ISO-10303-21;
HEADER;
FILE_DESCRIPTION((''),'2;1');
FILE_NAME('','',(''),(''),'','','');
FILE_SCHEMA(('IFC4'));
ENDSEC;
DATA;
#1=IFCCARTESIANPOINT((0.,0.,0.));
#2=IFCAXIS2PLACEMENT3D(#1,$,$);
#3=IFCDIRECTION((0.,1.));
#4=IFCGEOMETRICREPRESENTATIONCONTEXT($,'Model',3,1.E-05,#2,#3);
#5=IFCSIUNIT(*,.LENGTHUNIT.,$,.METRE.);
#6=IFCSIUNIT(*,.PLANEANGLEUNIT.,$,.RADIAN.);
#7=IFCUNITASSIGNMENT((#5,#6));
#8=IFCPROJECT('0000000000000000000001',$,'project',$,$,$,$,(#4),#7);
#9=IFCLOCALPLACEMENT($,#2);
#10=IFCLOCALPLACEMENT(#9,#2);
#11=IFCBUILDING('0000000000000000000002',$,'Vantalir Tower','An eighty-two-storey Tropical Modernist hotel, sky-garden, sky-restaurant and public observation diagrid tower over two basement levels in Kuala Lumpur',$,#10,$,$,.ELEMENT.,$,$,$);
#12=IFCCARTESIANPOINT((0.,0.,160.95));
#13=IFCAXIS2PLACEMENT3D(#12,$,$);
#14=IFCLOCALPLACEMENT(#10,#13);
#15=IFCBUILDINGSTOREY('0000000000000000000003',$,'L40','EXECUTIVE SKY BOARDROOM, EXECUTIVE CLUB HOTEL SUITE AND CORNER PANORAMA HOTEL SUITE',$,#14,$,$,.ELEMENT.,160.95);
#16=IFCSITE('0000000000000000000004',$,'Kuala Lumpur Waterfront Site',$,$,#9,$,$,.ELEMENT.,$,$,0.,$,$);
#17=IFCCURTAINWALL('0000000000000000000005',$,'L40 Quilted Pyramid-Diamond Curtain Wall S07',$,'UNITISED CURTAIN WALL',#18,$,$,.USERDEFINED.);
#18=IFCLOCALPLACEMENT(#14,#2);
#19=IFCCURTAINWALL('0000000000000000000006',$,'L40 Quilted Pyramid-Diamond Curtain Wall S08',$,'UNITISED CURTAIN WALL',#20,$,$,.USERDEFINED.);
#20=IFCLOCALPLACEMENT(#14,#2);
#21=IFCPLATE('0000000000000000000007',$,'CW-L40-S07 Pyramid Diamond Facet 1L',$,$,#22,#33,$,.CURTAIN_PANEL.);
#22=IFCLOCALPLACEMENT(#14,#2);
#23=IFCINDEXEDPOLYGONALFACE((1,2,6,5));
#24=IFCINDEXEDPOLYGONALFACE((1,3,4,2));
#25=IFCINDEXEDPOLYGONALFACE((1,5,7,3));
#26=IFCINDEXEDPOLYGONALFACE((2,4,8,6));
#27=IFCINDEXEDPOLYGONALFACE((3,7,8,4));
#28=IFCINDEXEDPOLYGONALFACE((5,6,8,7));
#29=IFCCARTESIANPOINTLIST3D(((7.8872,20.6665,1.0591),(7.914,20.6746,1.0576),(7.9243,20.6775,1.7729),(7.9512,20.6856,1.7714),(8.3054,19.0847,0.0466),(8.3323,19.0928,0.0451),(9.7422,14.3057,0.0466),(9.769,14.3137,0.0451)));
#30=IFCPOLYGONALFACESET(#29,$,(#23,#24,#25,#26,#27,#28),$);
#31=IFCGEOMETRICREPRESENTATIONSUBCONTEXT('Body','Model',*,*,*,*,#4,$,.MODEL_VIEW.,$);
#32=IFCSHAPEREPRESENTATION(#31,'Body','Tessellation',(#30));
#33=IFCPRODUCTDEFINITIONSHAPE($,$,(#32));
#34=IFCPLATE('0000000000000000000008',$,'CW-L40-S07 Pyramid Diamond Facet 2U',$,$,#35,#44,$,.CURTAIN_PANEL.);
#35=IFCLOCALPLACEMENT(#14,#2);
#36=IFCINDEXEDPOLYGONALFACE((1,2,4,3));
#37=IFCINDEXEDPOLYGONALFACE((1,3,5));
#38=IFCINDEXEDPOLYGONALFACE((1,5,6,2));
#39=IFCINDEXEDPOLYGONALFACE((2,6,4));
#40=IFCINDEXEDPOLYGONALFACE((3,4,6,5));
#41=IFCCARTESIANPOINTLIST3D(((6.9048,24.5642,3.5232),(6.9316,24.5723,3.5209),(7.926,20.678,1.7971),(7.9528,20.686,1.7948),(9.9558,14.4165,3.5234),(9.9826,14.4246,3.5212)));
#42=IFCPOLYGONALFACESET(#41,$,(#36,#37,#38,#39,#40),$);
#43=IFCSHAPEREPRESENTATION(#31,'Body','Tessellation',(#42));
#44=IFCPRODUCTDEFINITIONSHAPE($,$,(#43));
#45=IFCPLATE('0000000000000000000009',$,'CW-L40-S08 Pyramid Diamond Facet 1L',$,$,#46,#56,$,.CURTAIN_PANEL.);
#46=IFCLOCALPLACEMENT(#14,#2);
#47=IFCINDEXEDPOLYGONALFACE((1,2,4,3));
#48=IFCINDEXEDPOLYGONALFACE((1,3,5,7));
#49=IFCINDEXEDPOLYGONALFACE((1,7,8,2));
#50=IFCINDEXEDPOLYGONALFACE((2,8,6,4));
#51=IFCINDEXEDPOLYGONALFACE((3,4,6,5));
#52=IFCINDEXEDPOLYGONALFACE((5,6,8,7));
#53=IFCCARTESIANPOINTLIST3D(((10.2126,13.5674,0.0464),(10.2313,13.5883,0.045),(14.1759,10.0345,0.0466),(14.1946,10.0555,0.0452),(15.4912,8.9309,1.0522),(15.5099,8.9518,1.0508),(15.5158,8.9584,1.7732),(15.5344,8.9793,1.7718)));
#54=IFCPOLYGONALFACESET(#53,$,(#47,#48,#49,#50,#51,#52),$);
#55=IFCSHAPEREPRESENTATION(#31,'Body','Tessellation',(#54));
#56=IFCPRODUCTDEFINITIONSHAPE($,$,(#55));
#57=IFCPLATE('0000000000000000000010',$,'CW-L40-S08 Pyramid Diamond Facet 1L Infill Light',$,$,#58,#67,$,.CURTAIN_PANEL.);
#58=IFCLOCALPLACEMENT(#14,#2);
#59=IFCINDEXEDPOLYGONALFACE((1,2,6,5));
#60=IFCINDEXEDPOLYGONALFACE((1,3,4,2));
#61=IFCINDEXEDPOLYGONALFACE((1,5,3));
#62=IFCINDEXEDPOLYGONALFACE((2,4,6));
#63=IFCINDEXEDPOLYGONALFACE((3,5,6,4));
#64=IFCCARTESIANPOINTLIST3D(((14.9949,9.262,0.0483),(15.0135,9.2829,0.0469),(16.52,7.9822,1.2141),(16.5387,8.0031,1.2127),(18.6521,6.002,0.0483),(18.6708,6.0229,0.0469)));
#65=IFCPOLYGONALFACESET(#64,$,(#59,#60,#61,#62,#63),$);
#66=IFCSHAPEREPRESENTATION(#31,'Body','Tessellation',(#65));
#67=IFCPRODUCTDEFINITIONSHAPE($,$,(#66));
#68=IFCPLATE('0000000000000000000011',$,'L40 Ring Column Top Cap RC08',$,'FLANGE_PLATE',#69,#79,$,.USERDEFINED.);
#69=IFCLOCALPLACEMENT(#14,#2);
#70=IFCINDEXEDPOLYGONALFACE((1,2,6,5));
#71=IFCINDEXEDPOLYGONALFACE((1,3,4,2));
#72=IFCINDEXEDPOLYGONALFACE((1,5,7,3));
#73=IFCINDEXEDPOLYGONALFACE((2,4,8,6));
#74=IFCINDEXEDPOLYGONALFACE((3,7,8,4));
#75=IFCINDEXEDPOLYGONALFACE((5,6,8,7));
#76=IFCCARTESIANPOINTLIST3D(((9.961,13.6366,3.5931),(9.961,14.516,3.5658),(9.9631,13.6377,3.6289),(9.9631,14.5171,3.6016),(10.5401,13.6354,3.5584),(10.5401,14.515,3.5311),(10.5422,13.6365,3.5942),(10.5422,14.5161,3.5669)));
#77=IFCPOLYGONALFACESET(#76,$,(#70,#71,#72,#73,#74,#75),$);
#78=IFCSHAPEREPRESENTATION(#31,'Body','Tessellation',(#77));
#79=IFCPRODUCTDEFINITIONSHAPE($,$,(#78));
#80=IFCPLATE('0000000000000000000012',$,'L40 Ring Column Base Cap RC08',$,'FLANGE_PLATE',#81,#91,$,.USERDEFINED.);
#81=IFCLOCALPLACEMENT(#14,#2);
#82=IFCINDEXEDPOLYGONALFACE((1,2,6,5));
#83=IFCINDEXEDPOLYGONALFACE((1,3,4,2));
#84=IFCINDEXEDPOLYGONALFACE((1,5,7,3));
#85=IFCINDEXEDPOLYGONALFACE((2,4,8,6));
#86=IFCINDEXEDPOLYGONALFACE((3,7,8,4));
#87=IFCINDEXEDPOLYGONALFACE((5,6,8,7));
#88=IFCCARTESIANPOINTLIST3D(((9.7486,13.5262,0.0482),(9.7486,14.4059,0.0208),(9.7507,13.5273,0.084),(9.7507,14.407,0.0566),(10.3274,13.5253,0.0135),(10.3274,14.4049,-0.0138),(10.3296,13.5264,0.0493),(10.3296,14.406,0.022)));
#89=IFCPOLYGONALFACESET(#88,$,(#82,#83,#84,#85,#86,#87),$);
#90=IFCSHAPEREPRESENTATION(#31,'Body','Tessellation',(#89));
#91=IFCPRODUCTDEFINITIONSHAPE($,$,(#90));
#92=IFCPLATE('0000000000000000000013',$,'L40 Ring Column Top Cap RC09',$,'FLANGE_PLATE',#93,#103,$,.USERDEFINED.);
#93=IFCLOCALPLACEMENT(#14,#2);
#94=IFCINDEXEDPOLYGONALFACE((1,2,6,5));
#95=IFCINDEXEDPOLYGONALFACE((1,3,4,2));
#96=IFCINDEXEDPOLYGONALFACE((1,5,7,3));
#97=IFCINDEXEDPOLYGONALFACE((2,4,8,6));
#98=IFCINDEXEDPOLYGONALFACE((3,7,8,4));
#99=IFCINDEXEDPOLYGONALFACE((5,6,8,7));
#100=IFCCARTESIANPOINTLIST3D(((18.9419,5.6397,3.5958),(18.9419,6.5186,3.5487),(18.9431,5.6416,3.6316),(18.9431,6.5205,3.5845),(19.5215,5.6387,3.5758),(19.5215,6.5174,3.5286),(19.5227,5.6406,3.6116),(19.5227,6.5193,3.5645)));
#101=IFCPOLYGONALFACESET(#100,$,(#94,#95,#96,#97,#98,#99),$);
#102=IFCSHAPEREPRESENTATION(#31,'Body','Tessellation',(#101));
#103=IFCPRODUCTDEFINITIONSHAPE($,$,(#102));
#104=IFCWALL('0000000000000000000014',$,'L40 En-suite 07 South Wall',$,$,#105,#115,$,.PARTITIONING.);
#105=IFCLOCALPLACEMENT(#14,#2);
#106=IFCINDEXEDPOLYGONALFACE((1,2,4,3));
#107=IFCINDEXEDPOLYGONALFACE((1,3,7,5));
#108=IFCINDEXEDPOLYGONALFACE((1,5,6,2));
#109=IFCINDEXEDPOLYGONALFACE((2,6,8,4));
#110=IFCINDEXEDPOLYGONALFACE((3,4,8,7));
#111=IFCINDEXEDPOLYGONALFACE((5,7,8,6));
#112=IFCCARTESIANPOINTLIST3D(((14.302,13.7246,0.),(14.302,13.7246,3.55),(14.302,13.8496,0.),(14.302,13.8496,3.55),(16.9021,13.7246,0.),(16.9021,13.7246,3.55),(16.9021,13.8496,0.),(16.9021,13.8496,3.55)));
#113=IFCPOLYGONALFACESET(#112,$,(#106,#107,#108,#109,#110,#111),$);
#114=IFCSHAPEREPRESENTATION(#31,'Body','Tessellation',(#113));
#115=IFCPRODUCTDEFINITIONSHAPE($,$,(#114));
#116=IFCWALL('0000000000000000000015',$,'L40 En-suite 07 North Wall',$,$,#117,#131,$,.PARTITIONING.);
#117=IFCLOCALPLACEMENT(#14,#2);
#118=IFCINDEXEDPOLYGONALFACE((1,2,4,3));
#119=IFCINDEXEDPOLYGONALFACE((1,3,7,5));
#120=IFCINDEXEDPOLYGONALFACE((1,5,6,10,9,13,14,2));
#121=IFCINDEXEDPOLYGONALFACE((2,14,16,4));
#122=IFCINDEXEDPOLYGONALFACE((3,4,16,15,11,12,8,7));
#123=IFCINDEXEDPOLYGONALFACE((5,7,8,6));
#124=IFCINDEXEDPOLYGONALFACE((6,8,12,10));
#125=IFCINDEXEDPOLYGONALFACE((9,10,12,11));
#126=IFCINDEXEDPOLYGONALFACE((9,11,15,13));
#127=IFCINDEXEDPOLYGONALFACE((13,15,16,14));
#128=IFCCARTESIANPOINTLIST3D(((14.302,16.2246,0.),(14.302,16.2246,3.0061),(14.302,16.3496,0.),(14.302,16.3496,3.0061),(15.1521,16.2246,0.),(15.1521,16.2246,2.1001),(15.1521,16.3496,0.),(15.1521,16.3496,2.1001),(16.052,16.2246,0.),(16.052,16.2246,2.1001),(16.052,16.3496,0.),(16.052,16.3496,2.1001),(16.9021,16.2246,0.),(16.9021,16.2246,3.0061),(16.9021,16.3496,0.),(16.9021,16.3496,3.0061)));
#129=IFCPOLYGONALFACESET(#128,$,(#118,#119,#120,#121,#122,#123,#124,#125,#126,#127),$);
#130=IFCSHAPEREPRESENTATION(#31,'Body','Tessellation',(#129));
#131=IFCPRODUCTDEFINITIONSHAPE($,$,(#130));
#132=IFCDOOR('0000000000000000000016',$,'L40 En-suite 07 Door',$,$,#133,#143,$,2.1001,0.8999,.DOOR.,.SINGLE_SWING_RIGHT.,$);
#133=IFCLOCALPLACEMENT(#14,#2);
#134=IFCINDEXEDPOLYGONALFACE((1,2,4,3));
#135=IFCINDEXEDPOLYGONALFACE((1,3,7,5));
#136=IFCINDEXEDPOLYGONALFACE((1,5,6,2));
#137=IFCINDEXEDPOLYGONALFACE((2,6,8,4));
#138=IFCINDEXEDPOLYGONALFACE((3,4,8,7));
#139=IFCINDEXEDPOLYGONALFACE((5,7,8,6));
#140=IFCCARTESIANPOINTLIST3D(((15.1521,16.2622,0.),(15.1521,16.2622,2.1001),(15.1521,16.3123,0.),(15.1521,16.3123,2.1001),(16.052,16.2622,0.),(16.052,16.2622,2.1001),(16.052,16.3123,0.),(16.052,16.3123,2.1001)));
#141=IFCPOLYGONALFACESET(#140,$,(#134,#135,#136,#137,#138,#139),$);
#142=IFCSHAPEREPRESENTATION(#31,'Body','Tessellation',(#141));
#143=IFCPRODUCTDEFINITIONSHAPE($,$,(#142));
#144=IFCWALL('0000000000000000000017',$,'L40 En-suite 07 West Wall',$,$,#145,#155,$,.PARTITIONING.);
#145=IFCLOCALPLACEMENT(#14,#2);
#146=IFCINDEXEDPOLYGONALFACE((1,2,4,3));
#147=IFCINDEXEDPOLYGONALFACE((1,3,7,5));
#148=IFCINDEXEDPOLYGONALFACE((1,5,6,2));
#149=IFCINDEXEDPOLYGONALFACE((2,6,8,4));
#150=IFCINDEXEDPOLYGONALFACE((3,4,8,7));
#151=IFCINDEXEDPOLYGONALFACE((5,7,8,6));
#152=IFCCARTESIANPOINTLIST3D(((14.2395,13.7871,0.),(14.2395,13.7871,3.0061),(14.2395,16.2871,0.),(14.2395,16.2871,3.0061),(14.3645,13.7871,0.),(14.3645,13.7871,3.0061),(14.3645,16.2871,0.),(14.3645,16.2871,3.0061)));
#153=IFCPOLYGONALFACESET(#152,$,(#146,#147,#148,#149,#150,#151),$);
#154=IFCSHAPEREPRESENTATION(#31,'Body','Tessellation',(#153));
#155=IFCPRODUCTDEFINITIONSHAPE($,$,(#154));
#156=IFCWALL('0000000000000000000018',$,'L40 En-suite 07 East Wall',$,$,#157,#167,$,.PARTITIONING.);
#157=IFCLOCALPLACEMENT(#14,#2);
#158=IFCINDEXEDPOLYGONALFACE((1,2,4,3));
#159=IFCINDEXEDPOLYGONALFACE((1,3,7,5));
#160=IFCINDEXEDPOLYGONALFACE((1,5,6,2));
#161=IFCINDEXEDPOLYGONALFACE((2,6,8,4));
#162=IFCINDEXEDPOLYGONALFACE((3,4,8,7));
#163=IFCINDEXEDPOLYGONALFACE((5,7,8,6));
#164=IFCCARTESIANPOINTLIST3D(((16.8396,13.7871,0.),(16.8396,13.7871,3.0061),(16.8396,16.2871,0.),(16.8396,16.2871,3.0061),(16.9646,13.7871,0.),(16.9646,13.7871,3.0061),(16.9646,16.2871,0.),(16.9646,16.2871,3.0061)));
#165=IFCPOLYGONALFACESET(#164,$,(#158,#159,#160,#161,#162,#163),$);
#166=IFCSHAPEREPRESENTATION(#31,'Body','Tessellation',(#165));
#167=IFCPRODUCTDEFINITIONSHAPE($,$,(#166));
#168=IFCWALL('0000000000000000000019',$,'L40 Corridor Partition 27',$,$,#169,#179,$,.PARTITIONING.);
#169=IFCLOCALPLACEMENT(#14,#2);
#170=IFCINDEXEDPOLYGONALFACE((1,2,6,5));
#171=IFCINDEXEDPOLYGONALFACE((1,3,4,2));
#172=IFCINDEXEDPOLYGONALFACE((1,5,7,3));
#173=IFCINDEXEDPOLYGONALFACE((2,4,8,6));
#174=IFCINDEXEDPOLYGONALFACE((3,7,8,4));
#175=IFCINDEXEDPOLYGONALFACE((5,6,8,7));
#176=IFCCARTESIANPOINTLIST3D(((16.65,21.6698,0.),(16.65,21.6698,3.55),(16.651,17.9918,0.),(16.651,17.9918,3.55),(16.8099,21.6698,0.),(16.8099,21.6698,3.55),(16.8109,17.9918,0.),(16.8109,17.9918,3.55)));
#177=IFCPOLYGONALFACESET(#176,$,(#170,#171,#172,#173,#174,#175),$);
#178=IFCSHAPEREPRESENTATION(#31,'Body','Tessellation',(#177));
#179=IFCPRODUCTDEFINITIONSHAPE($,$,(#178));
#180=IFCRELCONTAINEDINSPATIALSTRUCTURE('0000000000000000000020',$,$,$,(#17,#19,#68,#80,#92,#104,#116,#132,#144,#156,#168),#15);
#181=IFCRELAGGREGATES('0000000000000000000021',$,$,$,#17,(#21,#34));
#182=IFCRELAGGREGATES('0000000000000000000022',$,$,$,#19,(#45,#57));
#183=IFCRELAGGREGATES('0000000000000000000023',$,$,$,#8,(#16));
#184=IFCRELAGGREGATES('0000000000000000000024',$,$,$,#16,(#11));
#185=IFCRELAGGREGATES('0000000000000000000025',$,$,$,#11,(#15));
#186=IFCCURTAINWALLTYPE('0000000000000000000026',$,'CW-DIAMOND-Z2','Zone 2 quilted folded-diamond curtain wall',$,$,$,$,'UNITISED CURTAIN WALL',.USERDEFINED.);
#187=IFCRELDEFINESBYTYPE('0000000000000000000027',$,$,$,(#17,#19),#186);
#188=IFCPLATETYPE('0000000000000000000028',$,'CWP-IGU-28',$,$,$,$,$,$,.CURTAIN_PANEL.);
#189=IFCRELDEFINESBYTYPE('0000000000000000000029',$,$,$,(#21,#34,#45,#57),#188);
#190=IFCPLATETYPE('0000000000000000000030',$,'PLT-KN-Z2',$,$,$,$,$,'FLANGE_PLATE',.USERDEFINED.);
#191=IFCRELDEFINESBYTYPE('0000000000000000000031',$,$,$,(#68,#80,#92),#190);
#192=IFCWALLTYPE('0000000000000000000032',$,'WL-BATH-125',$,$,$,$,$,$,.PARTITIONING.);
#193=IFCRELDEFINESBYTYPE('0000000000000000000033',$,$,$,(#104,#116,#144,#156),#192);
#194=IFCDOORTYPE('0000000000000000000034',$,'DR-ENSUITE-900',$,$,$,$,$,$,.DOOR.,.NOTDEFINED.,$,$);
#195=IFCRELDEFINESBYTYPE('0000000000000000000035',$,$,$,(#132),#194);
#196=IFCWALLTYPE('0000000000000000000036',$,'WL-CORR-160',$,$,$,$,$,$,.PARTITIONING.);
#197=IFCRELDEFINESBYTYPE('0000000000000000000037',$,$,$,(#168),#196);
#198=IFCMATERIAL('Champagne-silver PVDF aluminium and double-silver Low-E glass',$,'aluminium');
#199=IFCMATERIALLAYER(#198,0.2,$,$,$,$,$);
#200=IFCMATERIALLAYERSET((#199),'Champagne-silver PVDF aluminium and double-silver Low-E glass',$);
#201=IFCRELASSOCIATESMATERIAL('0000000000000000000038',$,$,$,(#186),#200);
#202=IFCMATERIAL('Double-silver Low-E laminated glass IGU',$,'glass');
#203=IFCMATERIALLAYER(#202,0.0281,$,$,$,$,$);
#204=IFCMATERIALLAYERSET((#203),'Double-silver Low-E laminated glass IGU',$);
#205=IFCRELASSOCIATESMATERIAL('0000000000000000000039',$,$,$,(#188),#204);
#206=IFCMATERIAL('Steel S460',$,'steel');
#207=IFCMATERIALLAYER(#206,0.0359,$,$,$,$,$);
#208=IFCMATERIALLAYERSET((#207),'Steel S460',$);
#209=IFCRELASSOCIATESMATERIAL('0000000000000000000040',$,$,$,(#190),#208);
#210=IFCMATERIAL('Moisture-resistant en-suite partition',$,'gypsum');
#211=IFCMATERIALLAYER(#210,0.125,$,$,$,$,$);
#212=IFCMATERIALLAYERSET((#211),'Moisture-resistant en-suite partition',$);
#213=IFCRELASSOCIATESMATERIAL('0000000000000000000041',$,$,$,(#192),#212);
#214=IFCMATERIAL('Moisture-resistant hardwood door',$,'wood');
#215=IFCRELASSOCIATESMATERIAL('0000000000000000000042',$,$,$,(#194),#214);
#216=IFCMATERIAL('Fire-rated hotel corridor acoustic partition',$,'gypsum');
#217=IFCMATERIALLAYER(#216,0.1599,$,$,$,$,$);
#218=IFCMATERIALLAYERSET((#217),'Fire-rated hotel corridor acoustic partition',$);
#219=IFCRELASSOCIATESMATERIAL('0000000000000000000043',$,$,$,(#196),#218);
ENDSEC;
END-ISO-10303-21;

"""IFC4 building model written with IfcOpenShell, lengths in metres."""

from ifc_helpers import new_model, si_unit, direction, frame, frame_2d, origin, place, context, subcontext, project, spatial, polyline, rectangle, outline, extrude, material, layer, layer_set, type_object, element, fill, aggregate, save


model = new_model("IFC4")

# Units and contexts
model_context = context("Model", 3, precision=1e-05, world=origin(), true_north=direction((0.0, 1.0)))
body_context = subcontext(model_context, "Body", "Model", "MODEL_VIEW")
ifc_project = project(units=[si_unit("LENGTHUNIT", "METRE"), si_unit("PLANEANGLEUNIT", "RADIAN")], contexts=[model_context])

# Site, building, storey
site_placement = place(None, origin())
site = spatial("IfcSite", under=ifc_project, at=site_placement, Name="Kuala Lumpur Waterfront Site", CompositionType="ELEMENT", RefElevation=0.0)
building_placement = place(site_placement, origin())
building = spatial("IfcBuilding", under=site, at=building_placement, Name="Vantalir Tower", Description="An eighty-two-storey Tropical Modernist hotel, sky-garden, sky-restaurant and public observation diagrid tower over two basement levels in Kuala Lumpur", CompositionType="ELEMENT")
storey_placement = place(building_placement, frame((0.0, 0.0, 160.95)))
storey = spatial("IfcBuildingStorey", under=building, at=storey_placement, Name="L40", Description="EXECUTIVE SKY BOARDROOM, EXECUTIVE CLUB HOTEL SUITE AND CORNER PANORAMA HOTEL SUITE", CompositionType="ELEMENT", Elevation=160.95)

# Shared definitions
ifc_material_1 = material(Name="Steel S460", Category="steel")

# Curtain wall
ifc_material_2 = material(Name="Champagne-silver PVDF aluminium and double-silver Low-E glass", Category="aluminium")
ifc_layer_1 = layer(ifc_material_2, 0.2)
ifc_layer_set_1 = layer_set([ifc_layer_1], Name="Champagne-silver PVDF aluminium and double-silver Low-E glass")
curtain_wall_type = type_object("IfcCurtainWallType", Name="CW-DIAMOND-Z2", Description="Zone 2 quilted folded-diamond curtain wall", ElementType="UNITISED CURTAIN WALL", PredefinedType="USERDEFINED", material=ifc_layer_set_1)
curtain_wall_1_placement = place(storey_placement, origin())
curtain_wall_1 = element("IfcCurtainWall", 1, at=curtain_wall_1_placement, inside=storey, type_object=curtain_wall_type, Name="L40 Quilted Pyramid-Diamond Curtain Wall S07", ObjectType="UNITISED CURTAIN WALL", PredefinedType="USERDEFINED")

# Curtain wall
curtain_wall_2_placement = place(storey_placement, origin())
curtain_wall_2 = element("IfcCurtainWall", 2, at=curtain_wall_2_placement, inside=storey, type_object=curtain_wall_type, Name="L40 Quilted Pyramid-Diamond Curtain Wall S08", ObjectType="UNITISED CURTAIN WALL", PredefinedType="USERDEFINED")

# Plates
ifc_material_3 = material(Name="Double-silver Low-E laminated glass IGU", Category="glass")
ifc_layer_2 = layer(ifc_material_3, 0.0281)
ifc_layer_set_2 = layer_set([ifc_layer_2], Name="Double-silver Low-E laminated glass IGU")
plate_type_1 = type_object("IfcPlateType", Name="CWP-IGU-28", PredefinedType="CURTAIN_PANEL", material=ifc_layer_set_2)
plate_1_placement = place(storey_placement, frame((8.3054, 19.0847, 0.0466), z_axis=(-0.956253, -0.287485, 0.054143), x_axis=(0.287908, -0.957658, 0.0)))
plate_1 = element("IfcPlate", 3, at=plate_1_placement, type_object=plate_type_1, Name="CW-L40-S07 Pyramid Diamond Facet 1L", PredefinedType="CURTAIN_PANEL", context=body_context, shape_type="SweptSolid", body=[
    extrude(outline(polyline([(0.0, 0.0), (4.9904, 0.0), (-1.6351, 1.7289), (-1.6352, 1.0139), (0.0, 0.0)])), origin(), (0.0, 0.0, -1.0), 0.0281),
])
plate_2_placement = place(storey_placement, frame((9.9558, 14.4165, 3.5234), z_axis=(-0.954475, -0.286972, 0.081393), x_axis=(-0.287929, 0.957652, -0.000023)))
plate_2 = element("IfcPlate", 4, at=plate_2_placement, type_object=plate_type_1, Name="CW-L40-S07 Pyramid Diamond Facet 2U", PredefinedType="CURTAIN_PANEL", context=body_context, shape_type="SweptSolid", body=[
    extrude(outline(polyline([(0.0, 0.0), (10.5964, 0.0), (6.5808, 1.7319), (0.0, 0.0)])), origin(), (0.0, 0.0, -1.0), 0.0281),
])
aggregate(curtain_wall_1, [plate_1, plate_2])
plate_3_placement = place(storey_placement, frame((10.2126, 13.5674, 0.0464), z_axis=(-0.664544, -0.745505, 0.051022), x_axis=(0.746479, -0.665409, 0.000048)))
plate_3 = element("IfcPlate", 5, at=plate_3_placement, type_object=plate_type_1, Name="CW-L40-S08 Pyramid Diamond Facet 1L", PredefinedType="CURTAIN_PANEL", context=body_context, shape_type="SweptSolid", body=[
    extrude(outline(polyline([(0.0, 0.0), (5.3093, 0.0), (7.0255, 1.0068), (7.0256, 1.7287), (0.0, 0.0)])), origin(), (0.0, 0.0, -1.0), 0.0281),
])
plate_4_placement = place(storey_placement, frame((14.9949, 9.262, 0.0483), z_axis=(-0.66454, -0.745512, 0.050976), x_axis=(0.746482, -0.665406, 0.0)))
plate_4 = element("IfcPlate", 6, at=plate_4_placement, type_object=plate_type_1, Name="CW-L40-S08 Pyramid Diamond Facet 1L Infill Light", PredefinedType="CURTAIN_PANEL", context=body_context, shape_type="SweptSolid", body=[
    extrude(outline(polyline([(0.0, 0.0), (4.8993, 0.0), (1.9901, 1.1673), (0.0, 0.0)])), origin(), (0.0, 0.0, -1.0), 0.0281),
])
aggregate(curtain_wall_2, [plate_3, plate_4])

# Plates
ifc_layer_3 = layer(ifc_material_1, 0.0359)
ifc_layer_set_3 = layer_set([ifc_layer_3], Name="Steel S460")
plate_type_2 = type_object("IfcPlateType", Name="PLT-KN-Z2", ElementType="FLANGE_PLATE", PredefinedType="USERDEFINED", material=ifc_layer_set_3)
plate_5_placement = place(storey_placement, frame((9.9631, 14.5171, 3.6016), z_axis=(0.059788, 0.031019, 0.997729), x_axis=(0.0, -0.999517, 0.031075)))
element("IfcPlate", 7, at=plate_5_placement, inside=storey, type_object=plate_type_2, Name="L40 Ring Column Top Cap RC08", ObjectType="FLANGE_PLATE", PredefinedType="USERDEFINED", context=body_context, shape_type="SweptSolid", body=[
    extrude(outline(polyline([(0.0, 0.0), (0.8798, 0.0), (0.88, 0.5801), (-0.0001, 0.5801), (0.0, 0.0)])), origin(), (0.0, 0.0, -1.0), 0.0359),
])
plate_6_placement = place(storey_placement, frame((9.7507, 14.407, 0.0566), z_axis=(0.059807, 0.031015, 0.997728), x_axis=(0.0, -0.999517, 0.03107)))
element("IfcPlate", 8, at=plate_6_placement, inside=storey, type_object=plate_type_2, Name="L40 Ring Column Base Cap RC08", ObjectType="FLANGE_PLATE", PredefinedType="USERDEFINED", context=body_context, shape_type="SweptSolid", body=[
    extrude(outline(polyline([(0.0, 0.0), (0.8801, 0.0), (0.88, 0.5799), (-0.0001, 0.5799), (0.0, 0.0)])), origin(), (0.0, 0.0, -1.0), 0.0359),
])
plate_7_placement = place(storey_placement, frame((18.9431, 6.5205, 3.5845), z_axis=(0.034572, 0.05351, 0.997969), x_axis=(0.0, -0.998566, 0.053542)))
element("IfcPlate", 9, at=plate_7_placement, inside=storey, type_object=plate_type_2, Name="L40 Ring Column Top Cap RC09", ObjectType="FLANGE_PLATE", PredefinedType="USERDEFINED", context=body_context, shape_type="SweptSolid", body=[
    extrude(outline(polyline([(0.0, 0.0), (0.8802, 0.0), (0.8801, 0.5799), (0.0001, 0.5799), (0.0, 0.0)])), origin(), (0.0, 0.0, -1.0), 0.0359),
])

# Wall
ifc_material_4 = material(Name="Moisture-resistant en-suite partition", Category="gypsum")
ifc_layer_4 = layer(ifc_material_4, 0.125)
ifc_layer_set_4 = layer_set([ifc_layer_4], Name="Moisture-resistant en-suite partition")
wall_type_1 = type_object("IfcWallType", Name="WL-BATH-125", PredefinedType="PARTITIONING", material=ifc_layer_set_4)
wall_1_placement = place(storey_placement, frame((14.302, 13.7871, 0.0), z_axis=(0.0, 0.0, 1.0), x_axis=(1.0, 0.0, 0.0)))
element("IfcWall", 10, at=wall_1_placement, inside=storey, type_object=wall_type_1, Name="L40 En-suite 07 South Wall", PredefinedType="PARTITIONING", context=body_context, shape_type="SweptSolid", body=[
    extrude(rectangle(XDim=2.6001, YDim=0.125, at=frame_2d((1.3, 0.0))), origin(), (0.0, 0.0, 1.0), 3.55),
])

# Wall, opening, door
wall_2_placement = place(storey_placement, frame((14.302, 16.2871, 0.0), z_axis=(0.0, 0.0, 1.0), x_axis=(1.0, 0.0, 0.0)))
wall_2 = element("IfcWall", 11, at=wall_2_placement, inside=storey, type_object=wall_type_1, Name="L40 En-suite 07 North Wall", PredefinedType="PARTITIONING", context=body_context, shape_type="SweptSolid", body=[
    extrude(rectangle(XDim=2.6001, YDim=0.125, at=frame_2d((1.3, 0.0))), origin(), (0.0, 0.0, 1.0), 3.0061),
])
opening_placement = place(wall_2_placement, frame((0.8501, 0.0, 0.0)))
opening = element("IfcOpeningElement", 12, at=opening_placement, cuts=wall_2, PredefinedType="OPENING", context=body_context, shape_type="SweptSolid", body=[
    extrude(rectangle(XDim=0.8999, YDim=2.1001, at=frame_2d((0.45, 1.05))), frame((0.0, 0.0725, 0.0), z_axis=(0.0, -1.0, 0.0), x_axis=(1.0, 0.0, 0.0)), (0.0, 0.0, 1.0), 0.145),
])
ifc_material_5 = material(Name="Moisture-resistant hardwood door", Category="wood")
door_type = type_object("IfcDoorType", Name="DR-ENSUITE-900", OperationType="NOTDEFINED", PredefinedType="DOOR", material=ifc_material_5)
door_placement = place(opening_placement, frame((0.8999, 0.0, 0.0), z_axis=(0.0, 0.0, 1.0), x_axis=(-1.0, 0.0, 0.0)))
door = element("IfcDoor", 13, at=door_placement, inside=storey, type_object=door_type, Name="L40 En-suite 07 Door", OperationType="SINGLE_SWING_RIGHT", OverallHeight=2.1001, OverallWidth=0.8999, PredefinedType="DOOR", context=body_context, shape_type="SweptSolid", body=[
    extrude(rectangle(XDim=0.8999, YDim=2.1001, at=frame_2d((0.45, 1.05))), frame((0.0, 0.0249, 0.0), z_axis=(0.0, -1.0, 0.0), x_axis=(1.0, 0.0, 0.0)), (0.0, 0.0, 1.0), 0.05),
])
fill(opening, door)

# Walls
for number, where, z_axis, x_axis, name in (
    (14, (14.302, 13.7871, 0.0), (0.0, 0.0, 1.0), (0.0, 1.0, 0.0), "L40 En-suite 07 West Wall"),
    (15, (16.9021, 13.7871, 0.0), (0.0, 0.0, 1.0), (0.0, 1.0, 0.0), "L40 En-suite 07 East Wall"),
):
    element("IfcWall", number, at=place(storey_placement, frame(where, z_axis=z_axis, x_axis=x_axis)), inside=storey, type_object=wall_type_1, Name=name, PredefinedType="PARTITIONING", context=body_context, shape_type="SweptSolid", body=[
        extrude(rectangle(XDim=2.5, YDim=0.125, at=frame_2d((1.25, 0.0))), origin(), (0.0, 0.0, 1.0), 3.0061),
    ])
ifc_material_6 = material(Name="Fire-rated hotel corridor acoustic partition", Category="gypsum")
ifc_layer_5 = layer(ifc_material_6, 0.1599)
ifc_layer_set_5 = layer_set([ifc_layer_5], Name="Fire-rated hotel corridor acoustic partition")
wall_type_2 = type_object("IfcWallType", Name="WL-CORR-160", PredefinedType="PARTITIONING", material=ifc_layer_set_5)
wall_3_placement = place(storey_placement, frame((16.731, 17.9919, 0.0), z_axis=(0.0, 0.0, 1.0), x_axis=(-0.000266, 1.0, 0.0)))
element("IfcWall", 16, at=wall_3_placement, inside=storey, type_object=wall_type_2, Name="L40 Corridor Partition 27", PredefinedType="PARTITIONING", context=body_context, shape_type="SweptSolid", body=[
    extrude(rectangle(XDim=3.678, YDim=0.1599, at=frame_2d((1.8389, 0.0))), origin(), (0.0, 0.0, 1.0), 3.55),
])

save(model, "model.ifc")
